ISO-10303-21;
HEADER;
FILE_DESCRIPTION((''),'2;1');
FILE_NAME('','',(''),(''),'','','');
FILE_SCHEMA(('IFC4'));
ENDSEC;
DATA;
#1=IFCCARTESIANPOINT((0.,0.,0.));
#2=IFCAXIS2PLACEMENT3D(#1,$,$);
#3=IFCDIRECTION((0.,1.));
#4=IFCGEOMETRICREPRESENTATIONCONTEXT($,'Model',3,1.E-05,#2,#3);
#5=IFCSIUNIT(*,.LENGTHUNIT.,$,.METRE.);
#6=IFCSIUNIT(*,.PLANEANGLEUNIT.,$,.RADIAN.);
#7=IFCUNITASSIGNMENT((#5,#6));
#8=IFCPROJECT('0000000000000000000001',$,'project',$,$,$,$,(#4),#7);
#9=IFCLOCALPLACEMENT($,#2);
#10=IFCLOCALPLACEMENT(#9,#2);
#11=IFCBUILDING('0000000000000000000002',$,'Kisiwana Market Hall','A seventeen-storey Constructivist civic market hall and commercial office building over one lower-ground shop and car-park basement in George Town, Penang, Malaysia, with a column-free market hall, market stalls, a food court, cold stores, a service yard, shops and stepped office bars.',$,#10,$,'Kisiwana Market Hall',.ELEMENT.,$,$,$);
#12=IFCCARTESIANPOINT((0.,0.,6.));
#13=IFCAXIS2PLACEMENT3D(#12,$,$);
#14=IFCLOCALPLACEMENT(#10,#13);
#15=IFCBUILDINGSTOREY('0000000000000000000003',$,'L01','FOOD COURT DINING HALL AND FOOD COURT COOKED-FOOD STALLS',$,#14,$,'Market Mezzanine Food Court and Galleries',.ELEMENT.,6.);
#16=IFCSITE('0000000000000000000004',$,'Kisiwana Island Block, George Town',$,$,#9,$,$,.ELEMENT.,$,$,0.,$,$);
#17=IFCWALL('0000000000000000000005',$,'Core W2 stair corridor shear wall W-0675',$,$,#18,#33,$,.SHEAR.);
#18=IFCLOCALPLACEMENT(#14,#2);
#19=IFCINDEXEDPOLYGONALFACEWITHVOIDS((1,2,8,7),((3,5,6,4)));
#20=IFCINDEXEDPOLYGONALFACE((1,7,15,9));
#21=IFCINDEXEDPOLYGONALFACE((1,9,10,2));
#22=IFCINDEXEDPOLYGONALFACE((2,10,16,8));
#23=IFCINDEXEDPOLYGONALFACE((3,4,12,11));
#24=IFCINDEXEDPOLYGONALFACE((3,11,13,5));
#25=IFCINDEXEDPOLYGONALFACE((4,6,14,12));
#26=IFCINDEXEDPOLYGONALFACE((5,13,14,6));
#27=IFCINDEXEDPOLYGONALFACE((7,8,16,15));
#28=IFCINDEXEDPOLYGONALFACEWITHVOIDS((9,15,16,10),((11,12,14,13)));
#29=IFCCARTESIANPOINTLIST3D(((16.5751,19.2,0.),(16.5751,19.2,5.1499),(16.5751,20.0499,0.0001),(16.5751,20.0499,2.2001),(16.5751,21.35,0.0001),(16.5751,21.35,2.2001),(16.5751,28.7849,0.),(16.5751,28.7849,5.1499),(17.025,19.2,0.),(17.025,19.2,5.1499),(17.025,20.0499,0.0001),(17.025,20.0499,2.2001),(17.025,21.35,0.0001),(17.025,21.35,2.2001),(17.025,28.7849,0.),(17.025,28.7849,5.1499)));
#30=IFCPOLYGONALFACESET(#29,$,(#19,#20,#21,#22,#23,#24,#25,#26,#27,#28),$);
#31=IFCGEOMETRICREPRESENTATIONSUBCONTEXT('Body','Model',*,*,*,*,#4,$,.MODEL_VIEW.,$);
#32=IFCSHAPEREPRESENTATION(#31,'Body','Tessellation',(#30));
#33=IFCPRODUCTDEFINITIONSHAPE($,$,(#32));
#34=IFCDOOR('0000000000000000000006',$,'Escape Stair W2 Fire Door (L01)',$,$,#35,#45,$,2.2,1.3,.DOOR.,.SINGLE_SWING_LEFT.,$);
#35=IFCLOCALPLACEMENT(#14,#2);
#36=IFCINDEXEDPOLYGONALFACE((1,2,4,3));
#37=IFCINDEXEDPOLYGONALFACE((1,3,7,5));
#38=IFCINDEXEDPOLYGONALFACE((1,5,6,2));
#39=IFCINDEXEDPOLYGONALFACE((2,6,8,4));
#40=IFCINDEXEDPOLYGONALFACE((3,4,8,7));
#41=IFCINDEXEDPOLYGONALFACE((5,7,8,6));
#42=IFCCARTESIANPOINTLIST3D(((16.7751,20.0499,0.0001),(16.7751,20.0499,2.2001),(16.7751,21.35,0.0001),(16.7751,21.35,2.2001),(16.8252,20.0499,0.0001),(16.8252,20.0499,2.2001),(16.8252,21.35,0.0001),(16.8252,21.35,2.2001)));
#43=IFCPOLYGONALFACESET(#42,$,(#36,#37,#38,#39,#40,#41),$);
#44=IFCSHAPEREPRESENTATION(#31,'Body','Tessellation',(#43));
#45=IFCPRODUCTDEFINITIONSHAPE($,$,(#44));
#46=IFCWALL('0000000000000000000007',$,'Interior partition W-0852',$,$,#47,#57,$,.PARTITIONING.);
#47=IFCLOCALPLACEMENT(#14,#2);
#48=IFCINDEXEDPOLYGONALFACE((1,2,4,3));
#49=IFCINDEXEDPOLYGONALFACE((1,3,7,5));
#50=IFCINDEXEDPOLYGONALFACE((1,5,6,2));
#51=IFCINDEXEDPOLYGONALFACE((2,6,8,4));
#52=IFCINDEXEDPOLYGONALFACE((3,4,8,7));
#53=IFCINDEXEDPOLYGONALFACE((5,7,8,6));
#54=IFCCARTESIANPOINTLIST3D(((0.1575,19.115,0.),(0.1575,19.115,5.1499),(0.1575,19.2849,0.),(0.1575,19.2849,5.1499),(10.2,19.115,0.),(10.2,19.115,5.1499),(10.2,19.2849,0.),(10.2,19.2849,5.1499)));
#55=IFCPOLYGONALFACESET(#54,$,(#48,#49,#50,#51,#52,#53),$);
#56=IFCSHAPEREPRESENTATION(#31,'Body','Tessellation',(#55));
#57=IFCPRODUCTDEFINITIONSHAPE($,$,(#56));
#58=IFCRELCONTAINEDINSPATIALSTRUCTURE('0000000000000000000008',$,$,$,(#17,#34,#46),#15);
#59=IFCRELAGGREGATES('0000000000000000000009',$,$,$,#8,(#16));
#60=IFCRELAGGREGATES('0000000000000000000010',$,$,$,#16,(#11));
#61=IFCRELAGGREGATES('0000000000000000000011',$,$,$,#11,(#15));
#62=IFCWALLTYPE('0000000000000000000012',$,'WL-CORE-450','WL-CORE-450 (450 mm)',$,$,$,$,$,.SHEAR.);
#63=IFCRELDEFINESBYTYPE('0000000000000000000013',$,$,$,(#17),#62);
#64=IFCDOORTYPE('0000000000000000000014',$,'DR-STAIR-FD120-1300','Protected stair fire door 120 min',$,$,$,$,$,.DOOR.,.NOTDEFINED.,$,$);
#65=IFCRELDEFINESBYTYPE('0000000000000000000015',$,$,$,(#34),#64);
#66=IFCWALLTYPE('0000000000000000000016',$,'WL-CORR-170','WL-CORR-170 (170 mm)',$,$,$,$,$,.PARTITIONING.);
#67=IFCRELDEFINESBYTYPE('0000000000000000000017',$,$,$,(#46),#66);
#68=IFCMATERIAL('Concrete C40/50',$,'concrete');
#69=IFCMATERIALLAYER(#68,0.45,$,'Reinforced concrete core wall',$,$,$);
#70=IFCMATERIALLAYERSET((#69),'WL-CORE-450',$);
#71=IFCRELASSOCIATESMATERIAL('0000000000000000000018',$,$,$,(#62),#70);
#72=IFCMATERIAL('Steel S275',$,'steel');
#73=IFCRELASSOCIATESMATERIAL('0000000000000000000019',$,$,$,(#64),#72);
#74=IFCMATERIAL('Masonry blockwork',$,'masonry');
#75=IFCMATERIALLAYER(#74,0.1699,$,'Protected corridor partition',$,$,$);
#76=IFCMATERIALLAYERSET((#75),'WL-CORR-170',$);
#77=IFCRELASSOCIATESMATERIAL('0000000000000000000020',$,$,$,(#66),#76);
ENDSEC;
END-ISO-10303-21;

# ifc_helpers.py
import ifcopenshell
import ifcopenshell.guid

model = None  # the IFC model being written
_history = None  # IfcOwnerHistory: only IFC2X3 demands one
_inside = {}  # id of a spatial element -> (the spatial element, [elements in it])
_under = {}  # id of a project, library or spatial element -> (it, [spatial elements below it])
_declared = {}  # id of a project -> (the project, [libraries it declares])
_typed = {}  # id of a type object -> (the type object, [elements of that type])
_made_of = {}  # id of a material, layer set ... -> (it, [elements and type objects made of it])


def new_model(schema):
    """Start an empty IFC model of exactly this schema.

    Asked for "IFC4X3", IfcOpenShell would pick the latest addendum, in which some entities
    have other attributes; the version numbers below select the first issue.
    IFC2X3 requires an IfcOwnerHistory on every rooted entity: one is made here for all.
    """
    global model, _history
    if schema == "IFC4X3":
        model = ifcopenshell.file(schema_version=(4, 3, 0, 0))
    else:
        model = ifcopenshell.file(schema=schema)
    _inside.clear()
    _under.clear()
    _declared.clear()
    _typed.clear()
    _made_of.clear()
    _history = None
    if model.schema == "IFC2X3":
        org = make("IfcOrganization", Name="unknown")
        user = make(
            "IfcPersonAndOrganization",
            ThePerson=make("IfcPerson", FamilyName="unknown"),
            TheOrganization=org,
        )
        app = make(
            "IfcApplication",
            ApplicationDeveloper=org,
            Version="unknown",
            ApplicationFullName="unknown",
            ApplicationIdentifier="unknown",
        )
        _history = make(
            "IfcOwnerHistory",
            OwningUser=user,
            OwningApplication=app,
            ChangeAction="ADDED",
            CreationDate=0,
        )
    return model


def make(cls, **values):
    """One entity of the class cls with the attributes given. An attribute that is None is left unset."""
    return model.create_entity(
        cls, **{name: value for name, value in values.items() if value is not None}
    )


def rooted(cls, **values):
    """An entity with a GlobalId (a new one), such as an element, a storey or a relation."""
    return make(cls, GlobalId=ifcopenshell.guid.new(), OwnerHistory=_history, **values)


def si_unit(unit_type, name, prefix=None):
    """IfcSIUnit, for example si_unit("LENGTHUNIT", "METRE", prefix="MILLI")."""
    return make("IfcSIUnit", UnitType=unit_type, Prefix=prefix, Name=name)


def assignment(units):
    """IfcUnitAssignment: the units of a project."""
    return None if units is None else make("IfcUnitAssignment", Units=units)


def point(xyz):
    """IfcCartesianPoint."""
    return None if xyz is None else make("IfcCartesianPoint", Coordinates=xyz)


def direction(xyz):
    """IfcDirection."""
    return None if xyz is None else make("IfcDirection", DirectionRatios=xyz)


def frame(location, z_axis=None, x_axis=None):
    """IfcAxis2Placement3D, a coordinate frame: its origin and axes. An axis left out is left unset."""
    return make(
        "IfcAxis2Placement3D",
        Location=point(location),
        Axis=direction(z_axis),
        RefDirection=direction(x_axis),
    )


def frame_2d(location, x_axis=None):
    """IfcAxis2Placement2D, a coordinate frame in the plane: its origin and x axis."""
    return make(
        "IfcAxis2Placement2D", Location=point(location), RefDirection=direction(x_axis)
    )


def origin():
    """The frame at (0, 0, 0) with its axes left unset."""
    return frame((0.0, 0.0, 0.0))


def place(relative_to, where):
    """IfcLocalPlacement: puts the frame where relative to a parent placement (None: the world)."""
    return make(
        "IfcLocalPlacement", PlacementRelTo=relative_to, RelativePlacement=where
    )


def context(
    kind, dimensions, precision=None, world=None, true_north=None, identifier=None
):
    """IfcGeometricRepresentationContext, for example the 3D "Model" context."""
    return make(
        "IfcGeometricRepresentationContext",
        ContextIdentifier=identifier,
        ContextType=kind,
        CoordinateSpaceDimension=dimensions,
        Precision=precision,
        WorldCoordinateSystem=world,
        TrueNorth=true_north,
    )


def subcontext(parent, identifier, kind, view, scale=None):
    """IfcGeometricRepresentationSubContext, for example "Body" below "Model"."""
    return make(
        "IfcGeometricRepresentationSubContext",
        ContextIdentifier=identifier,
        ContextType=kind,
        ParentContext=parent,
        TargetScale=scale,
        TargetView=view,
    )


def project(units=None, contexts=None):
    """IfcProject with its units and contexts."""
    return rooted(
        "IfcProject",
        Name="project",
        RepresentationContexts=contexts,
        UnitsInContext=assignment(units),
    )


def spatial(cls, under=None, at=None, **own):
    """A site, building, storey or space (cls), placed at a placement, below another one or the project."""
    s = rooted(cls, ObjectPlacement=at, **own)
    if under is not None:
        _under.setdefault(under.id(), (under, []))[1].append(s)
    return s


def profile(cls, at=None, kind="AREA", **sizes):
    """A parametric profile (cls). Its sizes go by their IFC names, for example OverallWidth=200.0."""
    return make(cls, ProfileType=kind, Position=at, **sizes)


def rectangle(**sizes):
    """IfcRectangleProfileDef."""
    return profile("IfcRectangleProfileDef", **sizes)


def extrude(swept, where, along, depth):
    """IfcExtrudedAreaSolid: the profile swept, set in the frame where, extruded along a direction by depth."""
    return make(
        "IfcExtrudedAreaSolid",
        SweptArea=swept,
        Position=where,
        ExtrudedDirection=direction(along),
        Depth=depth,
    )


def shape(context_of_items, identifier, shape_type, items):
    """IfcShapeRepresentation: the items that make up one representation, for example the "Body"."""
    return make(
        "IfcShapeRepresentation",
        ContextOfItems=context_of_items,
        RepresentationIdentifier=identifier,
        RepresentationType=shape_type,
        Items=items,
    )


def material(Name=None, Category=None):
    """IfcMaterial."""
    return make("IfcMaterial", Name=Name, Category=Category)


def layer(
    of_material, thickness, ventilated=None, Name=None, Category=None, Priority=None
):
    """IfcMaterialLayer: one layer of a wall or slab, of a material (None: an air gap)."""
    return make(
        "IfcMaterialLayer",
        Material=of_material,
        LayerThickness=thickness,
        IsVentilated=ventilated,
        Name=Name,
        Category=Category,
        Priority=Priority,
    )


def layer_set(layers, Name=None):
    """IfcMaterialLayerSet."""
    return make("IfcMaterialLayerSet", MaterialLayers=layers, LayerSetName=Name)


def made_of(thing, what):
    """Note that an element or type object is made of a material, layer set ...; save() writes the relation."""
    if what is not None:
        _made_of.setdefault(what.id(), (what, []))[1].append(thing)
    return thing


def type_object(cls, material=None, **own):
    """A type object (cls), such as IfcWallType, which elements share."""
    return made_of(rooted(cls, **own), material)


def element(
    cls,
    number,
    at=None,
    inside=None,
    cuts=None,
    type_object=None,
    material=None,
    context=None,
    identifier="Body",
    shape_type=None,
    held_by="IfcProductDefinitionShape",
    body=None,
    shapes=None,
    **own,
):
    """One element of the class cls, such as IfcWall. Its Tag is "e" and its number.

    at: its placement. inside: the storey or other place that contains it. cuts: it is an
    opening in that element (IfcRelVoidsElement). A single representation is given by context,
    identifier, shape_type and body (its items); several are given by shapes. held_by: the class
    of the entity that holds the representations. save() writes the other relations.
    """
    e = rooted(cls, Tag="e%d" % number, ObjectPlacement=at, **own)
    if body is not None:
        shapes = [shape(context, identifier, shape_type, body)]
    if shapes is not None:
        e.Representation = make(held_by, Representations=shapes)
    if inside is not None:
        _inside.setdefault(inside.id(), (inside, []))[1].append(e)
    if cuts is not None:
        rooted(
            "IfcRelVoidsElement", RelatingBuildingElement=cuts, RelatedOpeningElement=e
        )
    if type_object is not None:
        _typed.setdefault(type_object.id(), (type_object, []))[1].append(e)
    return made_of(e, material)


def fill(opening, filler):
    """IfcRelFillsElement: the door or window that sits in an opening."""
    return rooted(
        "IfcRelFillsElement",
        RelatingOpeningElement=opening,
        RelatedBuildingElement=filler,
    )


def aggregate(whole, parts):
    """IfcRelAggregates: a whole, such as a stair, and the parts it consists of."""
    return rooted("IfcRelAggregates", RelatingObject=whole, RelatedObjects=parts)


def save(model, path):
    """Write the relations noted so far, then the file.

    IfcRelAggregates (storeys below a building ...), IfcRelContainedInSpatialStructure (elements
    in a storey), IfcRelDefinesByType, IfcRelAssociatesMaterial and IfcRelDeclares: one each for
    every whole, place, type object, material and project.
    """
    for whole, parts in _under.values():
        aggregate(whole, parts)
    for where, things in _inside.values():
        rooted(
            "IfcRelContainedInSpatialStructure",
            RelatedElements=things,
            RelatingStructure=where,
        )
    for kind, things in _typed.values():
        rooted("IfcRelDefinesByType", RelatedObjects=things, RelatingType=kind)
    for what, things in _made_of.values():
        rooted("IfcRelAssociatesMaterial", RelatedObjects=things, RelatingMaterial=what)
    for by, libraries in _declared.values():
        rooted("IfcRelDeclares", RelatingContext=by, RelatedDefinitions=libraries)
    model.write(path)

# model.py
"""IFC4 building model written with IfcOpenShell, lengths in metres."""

from ifc_helpers import new_model, si_unit, direction, frame, frame_2d, origin, place, context, subcontext, project, spatial, rectangle, extrude, material, layer, layer_set, type_object, element, fill, save


model = new_model("IFC4")

# Units and contexts
model_context = context("Model", 3, precision=1e-05, world=origin(), true_north=direction((0.0, 1.0)))
body_context = subcontext(model_context, "Body", "Model", "MODEL_VIEW")
ifc_project = project(units=[si_unit("LENGTHUNIT", "METRE"), si_unit("PLANEANGLEUNIT", "RADIAN")], contexts=[model_context])

# Site, building, storey
site_placement = place(None, origin())
site = spatial("IfcSite", under=ifc_project, at=site_placement, Name="Kisiwana Island Block, George Town", CompositionType="ELEMENT", RefElevation=0.0)
building_placement = place(site_placement, origin())
building = spatial("IfcBuilding", under=site, at=building_placement, Name="Kisiwana Market Hall", Description="A seventeen-storey Constructivist civic market hall and commercial office building over one lower-ground shop and car-park basement in George Town, Penang, Malaysia, with a column-free market hall, market stalls, a food court, cold stores, a service yard, shops and stepped office bars.", LongName="Kisiwana Market Hall", CompositionType="ELEMENT")
storey_placement = place(building_placement, frame((0.0, 0.0, 6.0)))
storey = spatial("IfcBuildingStorey", under=building, at=storey_placement, Name="L01", Description="FOOD COURT DINING HALL AND FOOD COURT COOKED-FOOD STALLS", LongName="Market Mezzanine Food Court and Galleries", CompositionType="ELEMENT", Elevation=6.0)

# Shared definitions
ifc_material_1 = material(Name="Concrete C40/50", Category="concrete")
ifc_layer_1 = layer(ifc_material_1, 0.45, Name="Reinforced concrete core wall")
ifc_layer_set_1 = layer_set([ifc_layer_1], Name="WL-CORE-450")
wall_type_1 = type_object("IfcWallType", Name="WL-CORE-450", Description="WL-CORE-450 (450 mm)", PredefinedType="SHEAR", material=ifc_layer_set_1)

# Wall, opening, door
wall_1_placement = place(storey_placement, frame((16.8, 19.2, 0.0), z_axis=(0.0, 0.0, 1.0), x_axis=(0.0, 1.0, 0.0)))
wall_1 = element("IfcWall", 1, at=wall_1_placement, inside=storey, type_object=wall_type_1, Name="Core W2 stair corridor shear wall W-0675", PredefinedType="SHEAR", context=body_context, shape_type="SweptSolid", body=[
    extrude(rectangle(XDim=9.585, YDim=0.45, at=frame_2d((4.7925, 0.0))), origin(), (0.0, 0.0, 1.0), 5.1499),
])
opening_placement = place(wall_1_placement, frame((0.8501, 0.0, 0.0)))
opening = element("IfcOpeningElement", 2, at=opening_placement, cuts=wall_1, PredefinedType="OPENING", context=body_context, shape_type="SweptSolid", body=[
    extrude(rectangle(XDim=1.3, YDim=2.2, at=frame_2d((0.6499, 1.1001))), frame((0.0, 0.2368, 0.0), z_axis=(0.0, -1.0, 0.0), x_axis=(1.0, 0.0, 0.0)), (0.0, 0.0, 1.0), 0.4739),
])
ifc_material_2 = material(Name="Steel S275", Category="steel")
door_type = type_object("IfcDoorType", Name="DR-STAIR-FD120-1300", Description="Protected stair fire door 120 min", OperationType="NOTDEFINED", PredefinedType="DOOR", material=ifc_material_2)
door_placement = place(opening_placement, origin())
door = element("IfcDoor", 3, at=door_placement, inside=storey, type_object=door_type, Name="Escape Stair W2 Fire Door (L01)", OperationType="SINGLE_SWING_LEFT", OverallHeight=2.2, OverallWidth=1.3, PredefinedType="DOOR", context=body_context, shape_type="SweptSolid", body=[
    extrude(rectangle(XDim=1.3, YDim=2.2, at=frame_2d((0.6499, 1.1001))), frame((0.0, 0.0249, 0.0), z_axis=(0.0, -1.0, 0.0), x_axis=(1.0, 0.0, 0.0)), (0.0, 0.0, 1.0), 0.05),
])
fill(opening, door)

# Wall
ifc_material_3 = material(Name="Masonry blockwork", Category="masonry")
ifc_layer_2 = layer(ifc_material_3, 0.1699, Name="Protected corridor partition")
ifc_layer_set_2 = layer_set([ifc_layer_2], Name="WL-CORR-170")
wall_type_2 = type_object("IfcWallType", Name="WL-CORR-170", Description="WL-CORR-170 (170 mm)", PredefinedType="PARTITIONING", material=ifc_layer_set_2)
wall_2_placement = place(storey_placement, frame((0.1575, 19.2, 0.0), z_axis=(0.0, 0.0, 1.0), x_axis=(1.0, 0.0, 0.0)))
element("IfcWall", 4, at=wall_2_placement, inside=storey, type_object=wall_type_2, Name="Interior partition W-0852", PredefinedType="PARTITIONING", context=body_context, shape_type="SweptSolid", body=[
    extrude(rectangle(XDim=10.0425, YDim=0.1699, at=frame_2d((5.0212, 0.0))), origin(), (0.0, 0.0, 1.0), 5.1499),
])

save(model, "model.ifc")
